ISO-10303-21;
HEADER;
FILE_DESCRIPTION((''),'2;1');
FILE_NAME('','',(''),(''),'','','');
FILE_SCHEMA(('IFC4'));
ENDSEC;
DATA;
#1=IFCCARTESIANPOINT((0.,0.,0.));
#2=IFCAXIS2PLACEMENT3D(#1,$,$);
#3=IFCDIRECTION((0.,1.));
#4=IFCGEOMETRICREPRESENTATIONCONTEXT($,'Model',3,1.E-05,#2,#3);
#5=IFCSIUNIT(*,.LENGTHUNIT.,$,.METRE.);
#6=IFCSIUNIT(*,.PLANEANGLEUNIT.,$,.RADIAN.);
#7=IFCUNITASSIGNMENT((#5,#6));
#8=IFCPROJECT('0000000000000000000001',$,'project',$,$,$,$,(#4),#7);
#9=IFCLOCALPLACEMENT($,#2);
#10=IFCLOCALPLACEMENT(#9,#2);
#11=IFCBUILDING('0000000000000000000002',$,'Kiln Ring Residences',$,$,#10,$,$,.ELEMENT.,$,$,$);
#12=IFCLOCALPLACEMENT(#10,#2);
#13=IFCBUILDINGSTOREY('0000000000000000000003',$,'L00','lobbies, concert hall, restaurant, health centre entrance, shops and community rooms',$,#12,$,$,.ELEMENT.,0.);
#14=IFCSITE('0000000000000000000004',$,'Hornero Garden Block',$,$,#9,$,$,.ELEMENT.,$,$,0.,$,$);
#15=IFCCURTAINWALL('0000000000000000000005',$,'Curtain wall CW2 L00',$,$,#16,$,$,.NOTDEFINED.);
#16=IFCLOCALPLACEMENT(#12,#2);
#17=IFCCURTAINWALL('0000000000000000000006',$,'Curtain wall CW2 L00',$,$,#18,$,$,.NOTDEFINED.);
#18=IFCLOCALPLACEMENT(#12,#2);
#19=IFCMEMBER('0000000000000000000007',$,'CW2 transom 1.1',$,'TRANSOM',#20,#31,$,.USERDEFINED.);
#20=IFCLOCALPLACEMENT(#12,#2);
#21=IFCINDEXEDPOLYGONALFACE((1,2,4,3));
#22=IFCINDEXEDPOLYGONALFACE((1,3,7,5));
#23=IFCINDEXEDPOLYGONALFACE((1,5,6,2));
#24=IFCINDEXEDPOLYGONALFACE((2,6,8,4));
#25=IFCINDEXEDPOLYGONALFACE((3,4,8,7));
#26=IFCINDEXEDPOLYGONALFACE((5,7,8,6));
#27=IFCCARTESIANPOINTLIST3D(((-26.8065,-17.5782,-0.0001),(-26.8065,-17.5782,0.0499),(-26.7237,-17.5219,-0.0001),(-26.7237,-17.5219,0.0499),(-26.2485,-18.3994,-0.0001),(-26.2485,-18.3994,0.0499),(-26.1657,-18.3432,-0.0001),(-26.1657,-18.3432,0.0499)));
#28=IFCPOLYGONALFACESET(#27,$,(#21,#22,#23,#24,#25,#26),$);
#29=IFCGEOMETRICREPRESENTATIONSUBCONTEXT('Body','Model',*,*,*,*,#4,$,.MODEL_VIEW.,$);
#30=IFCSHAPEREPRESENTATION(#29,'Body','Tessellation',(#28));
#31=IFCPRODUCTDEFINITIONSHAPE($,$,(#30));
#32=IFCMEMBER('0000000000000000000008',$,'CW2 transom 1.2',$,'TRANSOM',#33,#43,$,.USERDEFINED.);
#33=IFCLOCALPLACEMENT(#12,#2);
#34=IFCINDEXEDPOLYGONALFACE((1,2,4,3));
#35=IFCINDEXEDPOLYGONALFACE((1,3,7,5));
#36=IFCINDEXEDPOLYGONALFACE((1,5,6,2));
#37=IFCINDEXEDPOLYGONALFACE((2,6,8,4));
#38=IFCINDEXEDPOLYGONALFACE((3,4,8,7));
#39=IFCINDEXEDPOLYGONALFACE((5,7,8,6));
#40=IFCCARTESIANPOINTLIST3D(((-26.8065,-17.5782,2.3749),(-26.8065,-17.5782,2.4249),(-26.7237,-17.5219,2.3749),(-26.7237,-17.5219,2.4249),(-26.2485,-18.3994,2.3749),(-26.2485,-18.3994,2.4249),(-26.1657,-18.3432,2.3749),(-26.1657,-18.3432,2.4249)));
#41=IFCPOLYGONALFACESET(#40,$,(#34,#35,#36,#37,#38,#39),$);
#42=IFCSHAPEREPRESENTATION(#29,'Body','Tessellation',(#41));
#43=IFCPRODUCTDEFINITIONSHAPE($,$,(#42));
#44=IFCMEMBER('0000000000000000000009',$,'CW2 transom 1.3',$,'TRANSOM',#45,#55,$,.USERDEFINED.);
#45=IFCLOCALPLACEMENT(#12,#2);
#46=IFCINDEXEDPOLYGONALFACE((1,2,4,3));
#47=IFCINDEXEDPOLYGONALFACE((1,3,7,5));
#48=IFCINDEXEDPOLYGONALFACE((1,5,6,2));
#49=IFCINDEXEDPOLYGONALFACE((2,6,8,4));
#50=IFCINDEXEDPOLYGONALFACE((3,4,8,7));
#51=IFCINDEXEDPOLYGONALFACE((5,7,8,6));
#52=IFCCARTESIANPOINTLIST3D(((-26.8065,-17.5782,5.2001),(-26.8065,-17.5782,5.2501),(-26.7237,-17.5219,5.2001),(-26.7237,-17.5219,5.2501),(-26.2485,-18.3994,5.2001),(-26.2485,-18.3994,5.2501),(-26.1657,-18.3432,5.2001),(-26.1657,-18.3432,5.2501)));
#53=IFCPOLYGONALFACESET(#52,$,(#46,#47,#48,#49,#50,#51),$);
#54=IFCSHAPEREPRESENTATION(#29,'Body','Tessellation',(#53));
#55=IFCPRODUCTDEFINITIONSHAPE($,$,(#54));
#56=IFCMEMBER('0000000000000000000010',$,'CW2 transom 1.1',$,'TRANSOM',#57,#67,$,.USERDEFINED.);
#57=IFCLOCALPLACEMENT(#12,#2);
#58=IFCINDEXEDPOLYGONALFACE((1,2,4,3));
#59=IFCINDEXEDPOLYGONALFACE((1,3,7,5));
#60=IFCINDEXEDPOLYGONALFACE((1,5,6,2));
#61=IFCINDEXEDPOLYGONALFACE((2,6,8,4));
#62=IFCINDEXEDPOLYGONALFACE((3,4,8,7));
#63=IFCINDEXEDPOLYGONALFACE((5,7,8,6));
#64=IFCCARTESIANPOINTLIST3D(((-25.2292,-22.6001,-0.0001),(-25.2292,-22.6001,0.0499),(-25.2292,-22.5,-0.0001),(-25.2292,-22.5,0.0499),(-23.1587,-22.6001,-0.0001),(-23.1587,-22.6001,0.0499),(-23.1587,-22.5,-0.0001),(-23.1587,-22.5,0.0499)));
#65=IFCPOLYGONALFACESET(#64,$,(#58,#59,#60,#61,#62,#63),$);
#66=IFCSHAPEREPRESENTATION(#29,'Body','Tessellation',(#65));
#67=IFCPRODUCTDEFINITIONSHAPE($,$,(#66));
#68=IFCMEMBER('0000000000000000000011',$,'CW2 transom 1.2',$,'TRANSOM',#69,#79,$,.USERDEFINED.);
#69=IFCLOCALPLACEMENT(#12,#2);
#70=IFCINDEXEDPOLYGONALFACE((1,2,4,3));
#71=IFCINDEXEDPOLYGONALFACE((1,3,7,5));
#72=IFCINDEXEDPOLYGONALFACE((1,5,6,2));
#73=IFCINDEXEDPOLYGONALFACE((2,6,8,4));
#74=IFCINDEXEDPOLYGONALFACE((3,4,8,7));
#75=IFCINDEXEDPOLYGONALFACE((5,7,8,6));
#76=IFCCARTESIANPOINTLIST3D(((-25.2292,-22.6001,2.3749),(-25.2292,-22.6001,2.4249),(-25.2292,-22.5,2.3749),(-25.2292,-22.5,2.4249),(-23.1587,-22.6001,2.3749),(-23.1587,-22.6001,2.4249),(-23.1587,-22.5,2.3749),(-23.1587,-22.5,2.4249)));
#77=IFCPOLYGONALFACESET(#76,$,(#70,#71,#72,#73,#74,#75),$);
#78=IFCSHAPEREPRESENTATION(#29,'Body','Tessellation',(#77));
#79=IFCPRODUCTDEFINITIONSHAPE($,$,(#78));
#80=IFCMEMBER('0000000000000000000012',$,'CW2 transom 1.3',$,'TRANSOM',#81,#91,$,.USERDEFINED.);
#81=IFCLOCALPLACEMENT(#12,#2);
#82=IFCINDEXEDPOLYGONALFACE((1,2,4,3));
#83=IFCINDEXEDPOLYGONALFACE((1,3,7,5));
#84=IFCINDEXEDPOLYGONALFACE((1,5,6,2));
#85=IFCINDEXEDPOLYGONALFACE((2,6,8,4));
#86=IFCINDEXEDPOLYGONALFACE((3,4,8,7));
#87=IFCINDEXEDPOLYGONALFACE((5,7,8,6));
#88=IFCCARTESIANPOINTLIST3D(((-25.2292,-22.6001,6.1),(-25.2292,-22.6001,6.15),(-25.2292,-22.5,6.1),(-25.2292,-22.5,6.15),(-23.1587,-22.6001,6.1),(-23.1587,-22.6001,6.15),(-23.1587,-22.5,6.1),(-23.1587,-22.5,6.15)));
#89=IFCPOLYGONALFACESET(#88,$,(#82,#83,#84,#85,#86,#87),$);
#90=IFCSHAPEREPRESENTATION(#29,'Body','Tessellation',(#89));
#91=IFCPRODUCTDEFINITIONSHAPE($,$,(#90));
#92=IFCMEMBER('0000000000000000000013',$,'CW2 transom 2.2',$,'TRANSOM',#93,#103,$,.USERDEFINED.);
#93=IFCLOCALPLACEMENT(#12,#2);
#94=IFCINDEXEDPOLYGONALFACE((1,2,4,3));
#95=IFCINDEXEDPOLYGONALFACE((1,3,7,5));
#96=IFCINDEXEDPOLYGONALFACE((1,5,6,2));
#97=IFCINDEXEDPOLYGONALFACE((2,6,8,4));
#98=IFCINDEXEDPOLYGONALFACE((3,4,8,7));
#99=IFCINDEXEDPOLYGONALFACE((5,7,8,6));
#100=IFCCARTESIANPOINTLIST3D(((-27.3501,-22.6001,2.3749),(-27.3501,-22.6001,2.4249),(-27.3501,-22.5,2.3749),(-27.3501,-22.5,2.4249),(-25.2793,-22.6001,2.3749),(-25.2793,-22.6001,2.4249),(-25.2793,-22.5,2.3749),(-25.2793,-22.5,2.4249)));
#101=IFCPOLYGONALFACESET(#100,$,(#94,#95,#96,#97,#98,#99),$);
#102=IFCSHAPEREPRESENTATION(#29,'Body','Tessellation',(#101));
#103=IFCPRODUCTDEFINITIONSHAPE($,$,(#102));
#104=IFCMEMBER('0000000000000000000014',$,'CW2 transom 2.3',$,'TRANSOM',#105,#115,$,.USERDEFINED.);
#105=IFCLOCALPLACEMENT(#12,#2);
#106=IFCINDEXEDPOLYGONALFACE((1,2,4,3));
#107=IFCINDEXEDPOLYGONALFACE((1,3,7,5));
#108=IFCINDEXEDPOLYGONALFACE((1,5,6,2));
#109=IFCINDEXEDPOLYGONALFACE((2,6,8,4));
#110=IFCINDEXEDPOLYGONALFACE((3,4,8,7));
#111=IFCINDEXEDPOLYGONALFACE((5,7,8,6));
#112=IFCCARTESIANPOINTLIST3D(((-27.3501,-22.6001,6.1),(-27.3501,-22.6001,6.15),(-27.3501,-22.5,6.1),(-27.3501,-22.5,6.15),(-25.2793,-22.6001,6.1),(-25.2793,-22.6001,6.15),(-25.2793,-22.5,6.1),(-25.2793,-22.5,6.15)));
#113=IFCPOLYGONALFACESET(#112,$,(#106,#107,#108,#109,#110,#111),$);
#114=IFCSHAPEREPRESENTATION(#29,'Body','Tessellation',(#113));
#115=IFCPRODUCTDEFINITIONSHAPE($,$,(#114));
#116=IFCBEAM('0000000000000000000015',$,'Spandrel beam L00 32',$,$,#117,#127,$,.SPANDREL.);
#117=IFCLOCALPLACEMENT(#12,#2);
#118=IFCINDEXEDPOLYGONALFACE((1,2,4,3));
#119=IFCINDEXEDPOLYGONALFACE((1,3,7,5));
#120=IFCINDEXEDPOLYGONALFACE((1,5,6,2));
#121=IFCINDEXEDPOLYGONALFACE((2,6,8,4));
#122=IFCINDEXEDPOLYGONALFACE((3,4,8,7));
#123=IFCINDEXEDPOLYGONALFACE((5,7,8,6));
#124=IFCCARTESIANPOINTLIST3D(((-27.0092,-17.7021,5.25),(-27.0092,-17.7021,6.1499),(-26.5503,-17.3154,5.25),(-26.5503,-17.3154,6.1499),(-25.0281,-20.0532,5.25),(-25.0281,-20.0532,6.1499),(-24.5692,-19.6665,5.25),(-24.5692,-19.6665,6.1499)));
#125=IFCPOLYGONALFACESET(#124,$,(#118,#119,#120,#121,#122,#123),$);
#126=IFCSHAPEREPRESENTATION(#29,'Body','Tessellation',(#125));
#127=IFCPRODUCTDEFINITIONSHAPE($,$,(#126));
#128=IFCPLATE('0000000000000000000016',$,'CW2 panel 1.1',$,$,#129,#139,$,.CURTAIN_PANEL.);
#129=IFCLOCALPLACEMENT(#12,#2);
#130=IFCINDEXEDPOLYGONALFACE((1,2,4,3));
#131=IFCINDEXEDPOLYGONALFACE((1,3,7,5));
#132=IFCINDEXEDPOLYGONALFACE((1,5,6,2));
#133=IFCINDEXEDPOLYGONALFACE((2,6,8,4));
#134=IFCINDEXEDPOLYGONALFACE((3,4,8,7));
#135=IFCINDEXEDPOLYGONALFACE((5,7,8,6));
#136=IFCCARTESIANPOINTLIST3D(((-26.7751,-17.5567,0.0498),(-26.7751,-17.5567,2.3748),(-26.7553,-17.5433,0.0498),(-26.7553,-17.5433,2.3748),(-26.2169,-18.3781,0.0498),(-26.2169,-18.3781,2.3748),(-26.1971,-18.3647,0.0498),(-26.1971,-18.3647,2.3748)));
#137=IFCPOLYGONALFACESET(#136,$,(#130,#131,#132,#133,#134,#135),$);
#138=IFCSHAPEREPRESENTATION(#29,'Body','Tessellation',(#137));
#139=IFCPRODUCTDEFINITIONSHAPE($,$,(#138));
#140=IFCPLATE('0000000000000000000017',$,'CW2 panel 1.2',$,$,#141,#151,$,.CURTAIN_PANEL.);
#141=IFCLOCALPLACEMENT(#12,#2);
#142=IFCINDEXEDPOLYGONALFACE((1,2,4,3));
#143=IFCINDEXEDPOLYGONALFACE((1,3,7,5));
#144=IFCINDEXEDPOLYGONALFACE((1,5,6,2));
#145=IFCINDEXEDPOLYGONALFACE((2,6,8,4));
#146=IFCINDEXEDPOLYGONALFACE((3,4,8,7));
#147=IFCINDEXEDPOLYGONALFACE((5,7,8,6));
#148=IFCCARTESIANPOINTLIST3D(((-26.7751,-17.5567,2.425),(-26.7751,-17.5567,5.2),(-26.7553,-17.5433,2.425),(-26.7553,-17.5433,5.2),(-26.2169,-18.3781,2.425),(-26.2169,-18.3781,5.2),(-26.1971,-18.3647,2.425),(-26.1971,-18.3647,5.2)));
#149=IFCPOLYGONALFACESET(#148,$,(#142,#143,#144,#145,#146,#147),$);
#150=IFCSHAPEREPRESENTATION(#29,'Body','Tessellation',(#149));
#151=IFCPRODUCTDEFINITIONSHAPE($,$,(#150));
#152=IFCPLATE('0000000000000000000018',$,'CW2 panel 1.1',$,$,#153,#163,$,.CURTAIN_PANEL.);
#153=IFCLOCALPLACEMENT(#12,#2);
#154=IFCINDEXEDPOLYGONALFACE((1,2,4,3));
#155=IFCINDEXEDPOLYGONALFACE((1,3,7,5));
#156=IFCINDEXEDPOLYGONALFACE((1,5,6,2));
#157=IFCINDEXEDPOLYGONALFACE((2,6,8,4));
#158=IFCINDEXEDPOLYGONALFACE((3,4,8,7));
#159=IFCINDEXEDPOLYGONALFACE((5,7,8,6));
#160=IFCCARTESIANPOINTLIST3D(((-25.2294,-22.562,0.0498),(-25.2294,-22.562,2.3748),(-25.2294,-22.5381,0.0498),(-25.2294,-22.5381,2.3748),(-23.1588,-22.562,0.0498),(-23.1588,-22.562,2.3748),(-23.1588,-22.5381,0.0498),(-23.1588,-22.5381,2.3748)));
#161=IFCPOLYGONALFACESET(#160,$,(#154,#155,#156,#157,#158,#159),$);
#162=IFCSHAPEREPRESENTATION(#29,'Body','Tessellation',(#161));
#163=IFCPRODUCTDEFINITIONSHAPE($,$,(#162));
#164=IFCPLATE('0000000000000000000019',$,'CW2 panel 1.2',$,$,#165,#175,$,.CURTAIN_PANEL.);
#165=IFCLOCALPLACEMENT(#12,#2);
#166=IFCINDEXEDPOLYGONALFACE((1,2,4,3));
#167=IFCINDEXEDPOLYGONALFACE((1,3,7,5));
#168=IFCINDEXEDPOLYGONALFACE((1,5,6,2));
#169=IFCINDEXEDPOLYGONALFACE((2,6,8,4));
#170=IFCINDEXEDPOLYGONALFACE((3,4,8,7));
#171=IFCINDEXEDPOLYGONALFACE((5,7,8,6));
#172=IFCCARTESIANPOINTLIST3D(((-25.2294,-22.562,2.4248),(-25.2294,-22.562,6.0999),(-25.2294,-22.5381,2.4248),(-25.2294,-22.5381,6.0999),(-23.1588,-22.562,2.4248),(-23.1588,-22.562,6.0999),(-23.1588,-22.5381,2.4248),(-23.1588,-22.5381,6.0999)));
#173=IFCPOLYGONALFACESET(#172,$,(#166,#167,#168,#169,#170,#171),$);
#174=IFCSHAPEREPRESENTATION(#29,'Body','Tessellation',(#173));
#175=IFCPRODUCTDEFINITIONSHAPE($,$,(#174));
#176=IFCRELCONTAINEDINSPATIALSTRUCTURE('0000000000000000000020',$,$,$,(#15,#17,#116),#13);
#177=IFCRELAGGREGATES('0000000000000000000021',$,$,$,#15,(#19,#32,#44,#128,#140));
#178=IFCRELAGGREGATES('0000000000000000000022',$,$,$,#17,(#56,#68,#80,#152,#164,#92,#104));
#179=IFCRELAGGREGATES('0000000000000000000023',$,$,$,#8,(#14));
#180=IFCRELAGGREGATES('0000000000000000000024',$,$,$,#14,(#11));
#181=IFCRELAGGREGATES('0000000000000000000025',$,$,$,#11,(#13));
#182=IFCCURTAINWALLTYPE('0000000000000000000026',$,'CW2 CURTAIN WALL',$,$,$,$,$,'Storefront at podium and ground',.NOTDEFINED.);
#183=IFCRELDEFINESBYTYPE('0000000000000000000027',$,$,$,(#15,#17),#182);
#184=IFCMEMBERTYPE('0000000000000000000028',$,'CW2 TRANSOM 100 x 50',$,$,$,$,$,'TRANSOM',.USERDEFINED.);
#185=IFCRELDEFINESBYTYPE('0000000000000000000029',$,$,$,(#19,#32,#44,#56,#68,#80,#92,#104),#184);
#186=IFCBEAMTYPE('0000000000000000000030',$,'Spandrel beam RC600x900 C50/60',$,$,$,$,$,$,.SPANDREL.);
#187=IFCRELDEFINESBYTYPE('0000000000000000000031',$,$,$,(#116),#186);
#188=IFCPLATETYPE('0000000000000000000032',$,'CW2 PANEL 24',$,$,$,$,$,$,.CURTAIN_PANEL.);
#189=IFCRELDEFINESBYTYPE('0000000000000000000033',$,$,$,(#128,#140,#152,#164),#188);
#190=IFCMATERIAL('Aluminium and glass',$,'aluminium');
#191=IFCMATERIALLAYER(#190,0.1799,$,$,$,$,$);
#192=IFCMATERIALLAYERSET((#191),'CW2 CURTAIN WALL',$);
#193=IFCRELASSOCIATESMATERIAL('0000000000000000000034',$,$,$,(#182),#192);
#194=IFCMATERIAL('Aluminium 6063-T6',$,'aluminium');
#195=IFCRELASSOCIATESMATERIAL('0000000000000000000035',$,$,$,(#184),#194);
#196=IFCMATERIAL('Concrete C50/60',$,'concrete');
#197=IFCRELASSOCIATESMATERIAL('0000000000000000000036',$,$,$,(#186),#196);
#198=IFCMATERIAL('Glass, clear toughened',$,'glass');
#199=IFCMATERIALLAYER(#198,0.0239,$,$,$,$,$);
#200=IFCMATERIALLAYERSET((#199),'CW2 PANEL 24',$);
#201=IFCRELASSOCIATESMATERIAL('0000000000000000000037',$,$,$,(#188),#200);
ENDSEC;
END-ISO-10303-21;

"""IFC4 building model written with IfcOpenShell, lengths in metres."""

from ifc_helpers import new_model, si_unit, direction, frame, origin, origin_2d, place, context, subcontext, project, spatial, rectangle, extrude, material, layer, layer_set, material_profile, profile_set, type_object, element, aggregate, save


model = new_model("IFC4")

# Units and contexts
model_context = context("Model", 3, precision=1e-05, world=origin(), true_north=direction((0.0, 1.0)))
body_context = subcontext(model_context, "Body", "Model", "MODEL_VIEW")
ifc_project = project(units=[si_unit("LENGTHUNIT", "METRE"), si_unit("PLANEANGLEUNIT", "RADIAN")], contexts=[model_context])

# Site, building, storey
site_placement = place(None, origin())
site = spatial("IfcSite", under=ifc_project, at=site_placement, Name="Hornero Garden Block", CompositionType="ELEMENT", RefElevation=0.0)
building_placement = place(site_placement, origin())
building = spatial("IfcBuilding", under=site, at=building_placement, Name="Kiln Ring Residences", CompositionType="ELEMENT")
storey_placement = place(building_placement, origin())
storey = spatial("IfcBuildingStorey", under=building, at=storey_placement, Name="L00", Description="lobbies, concert hall, restaurant, health centre entrance, shops and community rooms", CompositionType="ELEMENT", Elevation=0.0)

# Shared definitions
ifc_material_1 = material(Name="Aluminium and glass", Category="aluminium")
ifc_layer_1 = layer(ifc_material_1, 0.1799)
ifc_layer_set_1 = layer_set([ifc_layer_1], Name="CW2 CURTAIN WALL")
curtain_wall_type = type_object("IfcCurtainWallType", Name="CW2 CURTAIN WALL", ElementType="Storefront at podium and ground", PredefinedType="NOTDEFINED", material=ifc_layer_set_1)
placement = place(storey_placement, origin())

# Curtain walls
curtain_wall_1 = element("IfcCurtainWall", 1, at=placement, inside=storey, type_object=curtain_wall_type, Name="Curtain wall CW2 L00", PredefinedType="NOTDEFINED")
curtain_wall_2 = element("IfcCurtainWall", 2, at=placement, inside=storey, type_object=curtain_wall_type, Name="Curtain wall CW2 L00", PredefinedType="NOTDEFINED")

# Members
ifc_material_2 = material(Name="Aluminium 6063-T6", Category="aluminium")
ifc_material_profile_1 = material_profile(ifc_material_2, rectangle(XDim=0.1001, YDim=0.05, at=origin_2d()), Name="AL 100x50")
ifc_profile_set_1 = profile_set([ifc_material_profile_1], Name="Aluminium 6063-T6")
member_type_1 = type_object("IfcMemberType", Name="CW2 TRANSOM 100 x 50", ElementType="TRANSOM", PredefinedType="USERDEFINED", material=ifc_profile_set_1)
member_1_placement = place(storey_placement, frame((-26.7651, -17.55, 0.0249), z_axis=(0.562054, -0.8271, 0.0), x_axis=(0.8271, 0.562054, 0.0)))
member_1 = element("IfcMember", 3, at=member_1_placement, type_object=member_type_1, Name="CW2 transom 1.1", ObjectType="TRANSOM", PredefinedType="USERDEFINED", context=body_context, shape_type="SweptSolid", body=[
    extrude(rectangle(XDim=0.1001, YDim=0.05, at=origin_2d()), origin(), (0.0, 0.0, 1.0), 0.9929),
])
member_2_placement = place(storey_placement, frame((-26.7651, -17.55, 2.3999), z_axis=(0.562054, -0.8271, 0.0), x_axis=(0.8271, 0.562054, 0.0)))
member_2 = element("IfcMember", 4, at=member_2_placement, type_object=member_type_1, Name="CW2 transom 1.2", ObjectType="TRANSOM", PredefinedType="USERDEFINED", context=body_context, shape_type="SweptSolid", body=[
    extrude(rectangle(XDim=0.1001, YDim=0.05, at=origin_2d()), origin(), (0.0, 0.0, 1.0), 0.9929),
])
member_3_placement = place(storey_placement, frame((-26.7651, -17.55, 5.2251), z_axis=(0.562054, -0.8271, 0.0), x_axis=(0.8271, 0.562054, 0.0)))
member_3 = element("IfcMember", 5, at=member_3_placement, type_object=member_type_1, Name="CW2 transom 1.3", ObjectType="TRANSOM", PredefinedType="USERDEFINED", context=body_context, shape_type="SweptSolid", body=[
    extrude(rectangle(XDim=0.1001, YDim=0.05, at=origin_2d()), origin(), (0.0, 0.0, 1.0), 0.9929),
])
member_4_placement = place(storey_placement, frame((-23.1587, -22.55, 0.0249), z_axis=(-1.0, 0.0, 0.0), x_axis=(0.0, -1.0, 0.0)))
member_4 = element("IfcMember", 6, at=member_4_placement, type_object=member_type_1, Name="CW2 transom 1.1", ObjectType="TRANSOM", PredefinedType="USERDEFINED", context=body_context, shape_type="SweptSolid", body=[
    extrude(rectangle(XDim=0.1001, YDim=0.05, at=origin_2d()), origin(), (0.0, 0.0, 1.0), 2.0706),
])
member_5_placement = place(storey_placement, frame((-23.1587, -22.55, 2.3999), z_axis=(-1.0, 0.0, 0.0), x_axis=(0.0, -1.0, 0.0)))
member_5 = element("IfcMember", 7, at=member_5_placement, type_object=member_type_1, Name="CW2 transom 1.2", ObjectType="TRANSOM", PredefinedType="USERDEFINED", context=body_context, shape_type="SweptSolid", body=[
    extrude(rectangle(XDim=0.1001, YDim=0.05, at=origin_2d()), origin(), (0.0, 0.0, 1.0), 2.0706),
])
member_6_placement = place(storey_placement, frame((-23.1587, -22.55, 6.125), z_axis=(-1.0, 0.0, 0.0), x_axis=(0.0, -1.0, 0.0)))
member_6 = element("IfcMember", 8, at=member_6_placement, type_object=member_type_1, Name="CW2 transom 1.3", ObjectType="TRANSOM", PredefinedType="USERDEFINED", context=body_context, shape_type="SweptSolid", body=[
    extrude(rectangle(XDim=0.1001, YDim=0.05, at=origin_2d()), origin(), (0.0, 0.0, 1.0), 2.0706),
])
member_7_placement = place(storey_placement, frame((-25.2793, -22.55, 2.3999), z_axis=(-1.0, 0.0, 0.0), x_axis=(0.0, -1.0, 0.0)))
member_7 = element("IfcMember", 9, at=member_7_placement, type_object=member_type_1, Name="CW2 transom 2.2", ObjectType="TRANSOM", PredefinedType="USERDEFINED", context=body_context, shape_type="SweptSolid", body=[
    extrude(rectangle(XDim=0.1001, YDim=0.05, at=origin_2d()), origin(), (0.0, 0.0, 1.0), 2.0708),
])
member_8_placement = place(storey_placement, frame((-25.2793, -22.55, 6.125), z_axis=(-1.0, 0.0, 0.0), x_axis=(0.0, -1.0, 0.0)))
member_8 = element("IfcMember", 10, at=member_8_placement, type_object=member_type_1, Name="CW2 transom 2.3", ObjectType="TRANSOM", PredefinedType="USERDEFINED", context=body_context, shape_type="SweptSolid", body=[
    extrude(rectangle(XDim=0.1001, YDim=0.05, at=origin_2d()), origin(), (0.0, 0.0, 1.0), 2.0708),
])

# Beam
ifc_material_3 = material(Name="Concrete C50/60", Category="concrete")
ifc_material_profile_2 = material_profile(ifc_material_3, rectangle(XDim=0.6001, YDim=0.8999, at=origin_2d()), Name="RC600x900")
ifc_profile_set_2 = profile_set([ifc_material_profile_2], Name="Concrete C50/60")
beam_type = type_object("IfcBeamType", Name="Spandrel beam RC600x900 C50/60", PredefinedType="SPANDREL", material=ifc_profile_set_2)
beam_placement = place(storey_placement, frame((-26.7798, -17.5088, 5.7), z_axis=(0.644392, -0.764695, 0.0), x_axis=(0.764695, 0.644392, 0.0)))
element("IfcBeam", 11, at=beam_placement, inside=storey, type_object=beam_type, Name="Spandrel beam L00 32", PredefinedType="SPANDREL", context=body_context, shape_type="SweptSolid", body=[
    extrude(rectangle(XDim=0.6001, YDim=0.8999, at=origin_2d()), origin(), (0.0, 0.0, 1.0), 3.0745),
])

# Plates
ifc_material_4 = material(Name="Glass, clear toughened", Category="glass")
ifc_layer_2 = layer(ifc_material_4, 0.0239)
ifc_layer_set_2 = layer_set([ifc_layer_2], Name="CW2 PANEL 24")
plate_type = type_object("IfcPlateType", Name="CW2 PANEL 24", PredefinedType="CURTAIN_PANEL", material=ifc_layer_set_2)
plate_1_placement = place(storey_placement, frame((-26.4861, -17.9607, 0.0498), z_axis=(0.0, 0.0, 1.0), x_axis=(0.562097, -0.827072, 0.0)))
plate_1 = element("IfcPlate", 12, at=plate_1_placement, type_object=plate_type, Name="CW2 panel 1.1", PredefinedType="CURTAIN_PANEL", context=body_context, shape_type="SweptSolid", body=[
    extrude(rectangle(XDim=0.9932, YDim=0.0239, at=origin_2d()), origin(), (0.0, 0.0, 1.0), 2.325),
])
plate_2_placement = place(storey_placement, frame((-26.4861, -17.9607, 2.425), z_axis=(0.0, 0.0, 1.0), x_axis=(0.562097, -0.827072, 0.0)))
plate_2 = element("IfcPlate", 13, at=plate_2_placement, type_object=plate_type, Name="CW2 panel 1.2", PredefinedType="CURTAIN_PANEL", context=body_context, shape_type="SweptSolid", body=[
    extrude(rectangle(XDim=0.9932, YDim=0.0239, at=origin_2d()), origin(), (0.0, 0.0, 1.0), 2.7749),
])
aggregate(curtain_wall_1, [member_1, member_2, member_3, plate_1, plate_2])
plate_3_placement = place(storey_placement, frame((-24.1941, -22.55, 0.0498), z_axis=(0.0, 0.0, 1.0), x_axis=(-1.0, 0.0, 0.0)))
plate_3 = element("IfcPlate", 14, at=plate_3_placement, type_object=plate_type, Name="CW2 panel 1.1", PredefinedType="CURTAIN_PANEL", context=body_context, shape_type="SweptSolid", body=[
    extrude(rectangle(XDim=2.0706, YDim=0.0239, at=origin_2d()), origin(), (0.0, 0.0, 1.0), 2.325),
])
plate_4_placement = place(storey_placement, frame((-24.1941, -22.55, 2.4248), z_axis=(0.0, 0.0, 1.0), x_axis=(-1.0, 0.0, 0.0)))
plate_4 = element("IfcPlate", 15, at=plate_4_placement, type_object=plate_type, Name="CW2 panel 1.2", PredefinedType="CURTAIN_PANEL", context=body_context, shape_type="SweptSolid", body=[
    extrude(rectangle(XDim=2.0706, YDim=0.0239, at=origin_2d()), origin(), (0.0, 0.0, 1.0), 3.675),
])
aggregate(curtain_wall_2, [member_4, member_5, member_6, plate_3, plate_4, member_7, member_8])

save(model, "model.ifc")
